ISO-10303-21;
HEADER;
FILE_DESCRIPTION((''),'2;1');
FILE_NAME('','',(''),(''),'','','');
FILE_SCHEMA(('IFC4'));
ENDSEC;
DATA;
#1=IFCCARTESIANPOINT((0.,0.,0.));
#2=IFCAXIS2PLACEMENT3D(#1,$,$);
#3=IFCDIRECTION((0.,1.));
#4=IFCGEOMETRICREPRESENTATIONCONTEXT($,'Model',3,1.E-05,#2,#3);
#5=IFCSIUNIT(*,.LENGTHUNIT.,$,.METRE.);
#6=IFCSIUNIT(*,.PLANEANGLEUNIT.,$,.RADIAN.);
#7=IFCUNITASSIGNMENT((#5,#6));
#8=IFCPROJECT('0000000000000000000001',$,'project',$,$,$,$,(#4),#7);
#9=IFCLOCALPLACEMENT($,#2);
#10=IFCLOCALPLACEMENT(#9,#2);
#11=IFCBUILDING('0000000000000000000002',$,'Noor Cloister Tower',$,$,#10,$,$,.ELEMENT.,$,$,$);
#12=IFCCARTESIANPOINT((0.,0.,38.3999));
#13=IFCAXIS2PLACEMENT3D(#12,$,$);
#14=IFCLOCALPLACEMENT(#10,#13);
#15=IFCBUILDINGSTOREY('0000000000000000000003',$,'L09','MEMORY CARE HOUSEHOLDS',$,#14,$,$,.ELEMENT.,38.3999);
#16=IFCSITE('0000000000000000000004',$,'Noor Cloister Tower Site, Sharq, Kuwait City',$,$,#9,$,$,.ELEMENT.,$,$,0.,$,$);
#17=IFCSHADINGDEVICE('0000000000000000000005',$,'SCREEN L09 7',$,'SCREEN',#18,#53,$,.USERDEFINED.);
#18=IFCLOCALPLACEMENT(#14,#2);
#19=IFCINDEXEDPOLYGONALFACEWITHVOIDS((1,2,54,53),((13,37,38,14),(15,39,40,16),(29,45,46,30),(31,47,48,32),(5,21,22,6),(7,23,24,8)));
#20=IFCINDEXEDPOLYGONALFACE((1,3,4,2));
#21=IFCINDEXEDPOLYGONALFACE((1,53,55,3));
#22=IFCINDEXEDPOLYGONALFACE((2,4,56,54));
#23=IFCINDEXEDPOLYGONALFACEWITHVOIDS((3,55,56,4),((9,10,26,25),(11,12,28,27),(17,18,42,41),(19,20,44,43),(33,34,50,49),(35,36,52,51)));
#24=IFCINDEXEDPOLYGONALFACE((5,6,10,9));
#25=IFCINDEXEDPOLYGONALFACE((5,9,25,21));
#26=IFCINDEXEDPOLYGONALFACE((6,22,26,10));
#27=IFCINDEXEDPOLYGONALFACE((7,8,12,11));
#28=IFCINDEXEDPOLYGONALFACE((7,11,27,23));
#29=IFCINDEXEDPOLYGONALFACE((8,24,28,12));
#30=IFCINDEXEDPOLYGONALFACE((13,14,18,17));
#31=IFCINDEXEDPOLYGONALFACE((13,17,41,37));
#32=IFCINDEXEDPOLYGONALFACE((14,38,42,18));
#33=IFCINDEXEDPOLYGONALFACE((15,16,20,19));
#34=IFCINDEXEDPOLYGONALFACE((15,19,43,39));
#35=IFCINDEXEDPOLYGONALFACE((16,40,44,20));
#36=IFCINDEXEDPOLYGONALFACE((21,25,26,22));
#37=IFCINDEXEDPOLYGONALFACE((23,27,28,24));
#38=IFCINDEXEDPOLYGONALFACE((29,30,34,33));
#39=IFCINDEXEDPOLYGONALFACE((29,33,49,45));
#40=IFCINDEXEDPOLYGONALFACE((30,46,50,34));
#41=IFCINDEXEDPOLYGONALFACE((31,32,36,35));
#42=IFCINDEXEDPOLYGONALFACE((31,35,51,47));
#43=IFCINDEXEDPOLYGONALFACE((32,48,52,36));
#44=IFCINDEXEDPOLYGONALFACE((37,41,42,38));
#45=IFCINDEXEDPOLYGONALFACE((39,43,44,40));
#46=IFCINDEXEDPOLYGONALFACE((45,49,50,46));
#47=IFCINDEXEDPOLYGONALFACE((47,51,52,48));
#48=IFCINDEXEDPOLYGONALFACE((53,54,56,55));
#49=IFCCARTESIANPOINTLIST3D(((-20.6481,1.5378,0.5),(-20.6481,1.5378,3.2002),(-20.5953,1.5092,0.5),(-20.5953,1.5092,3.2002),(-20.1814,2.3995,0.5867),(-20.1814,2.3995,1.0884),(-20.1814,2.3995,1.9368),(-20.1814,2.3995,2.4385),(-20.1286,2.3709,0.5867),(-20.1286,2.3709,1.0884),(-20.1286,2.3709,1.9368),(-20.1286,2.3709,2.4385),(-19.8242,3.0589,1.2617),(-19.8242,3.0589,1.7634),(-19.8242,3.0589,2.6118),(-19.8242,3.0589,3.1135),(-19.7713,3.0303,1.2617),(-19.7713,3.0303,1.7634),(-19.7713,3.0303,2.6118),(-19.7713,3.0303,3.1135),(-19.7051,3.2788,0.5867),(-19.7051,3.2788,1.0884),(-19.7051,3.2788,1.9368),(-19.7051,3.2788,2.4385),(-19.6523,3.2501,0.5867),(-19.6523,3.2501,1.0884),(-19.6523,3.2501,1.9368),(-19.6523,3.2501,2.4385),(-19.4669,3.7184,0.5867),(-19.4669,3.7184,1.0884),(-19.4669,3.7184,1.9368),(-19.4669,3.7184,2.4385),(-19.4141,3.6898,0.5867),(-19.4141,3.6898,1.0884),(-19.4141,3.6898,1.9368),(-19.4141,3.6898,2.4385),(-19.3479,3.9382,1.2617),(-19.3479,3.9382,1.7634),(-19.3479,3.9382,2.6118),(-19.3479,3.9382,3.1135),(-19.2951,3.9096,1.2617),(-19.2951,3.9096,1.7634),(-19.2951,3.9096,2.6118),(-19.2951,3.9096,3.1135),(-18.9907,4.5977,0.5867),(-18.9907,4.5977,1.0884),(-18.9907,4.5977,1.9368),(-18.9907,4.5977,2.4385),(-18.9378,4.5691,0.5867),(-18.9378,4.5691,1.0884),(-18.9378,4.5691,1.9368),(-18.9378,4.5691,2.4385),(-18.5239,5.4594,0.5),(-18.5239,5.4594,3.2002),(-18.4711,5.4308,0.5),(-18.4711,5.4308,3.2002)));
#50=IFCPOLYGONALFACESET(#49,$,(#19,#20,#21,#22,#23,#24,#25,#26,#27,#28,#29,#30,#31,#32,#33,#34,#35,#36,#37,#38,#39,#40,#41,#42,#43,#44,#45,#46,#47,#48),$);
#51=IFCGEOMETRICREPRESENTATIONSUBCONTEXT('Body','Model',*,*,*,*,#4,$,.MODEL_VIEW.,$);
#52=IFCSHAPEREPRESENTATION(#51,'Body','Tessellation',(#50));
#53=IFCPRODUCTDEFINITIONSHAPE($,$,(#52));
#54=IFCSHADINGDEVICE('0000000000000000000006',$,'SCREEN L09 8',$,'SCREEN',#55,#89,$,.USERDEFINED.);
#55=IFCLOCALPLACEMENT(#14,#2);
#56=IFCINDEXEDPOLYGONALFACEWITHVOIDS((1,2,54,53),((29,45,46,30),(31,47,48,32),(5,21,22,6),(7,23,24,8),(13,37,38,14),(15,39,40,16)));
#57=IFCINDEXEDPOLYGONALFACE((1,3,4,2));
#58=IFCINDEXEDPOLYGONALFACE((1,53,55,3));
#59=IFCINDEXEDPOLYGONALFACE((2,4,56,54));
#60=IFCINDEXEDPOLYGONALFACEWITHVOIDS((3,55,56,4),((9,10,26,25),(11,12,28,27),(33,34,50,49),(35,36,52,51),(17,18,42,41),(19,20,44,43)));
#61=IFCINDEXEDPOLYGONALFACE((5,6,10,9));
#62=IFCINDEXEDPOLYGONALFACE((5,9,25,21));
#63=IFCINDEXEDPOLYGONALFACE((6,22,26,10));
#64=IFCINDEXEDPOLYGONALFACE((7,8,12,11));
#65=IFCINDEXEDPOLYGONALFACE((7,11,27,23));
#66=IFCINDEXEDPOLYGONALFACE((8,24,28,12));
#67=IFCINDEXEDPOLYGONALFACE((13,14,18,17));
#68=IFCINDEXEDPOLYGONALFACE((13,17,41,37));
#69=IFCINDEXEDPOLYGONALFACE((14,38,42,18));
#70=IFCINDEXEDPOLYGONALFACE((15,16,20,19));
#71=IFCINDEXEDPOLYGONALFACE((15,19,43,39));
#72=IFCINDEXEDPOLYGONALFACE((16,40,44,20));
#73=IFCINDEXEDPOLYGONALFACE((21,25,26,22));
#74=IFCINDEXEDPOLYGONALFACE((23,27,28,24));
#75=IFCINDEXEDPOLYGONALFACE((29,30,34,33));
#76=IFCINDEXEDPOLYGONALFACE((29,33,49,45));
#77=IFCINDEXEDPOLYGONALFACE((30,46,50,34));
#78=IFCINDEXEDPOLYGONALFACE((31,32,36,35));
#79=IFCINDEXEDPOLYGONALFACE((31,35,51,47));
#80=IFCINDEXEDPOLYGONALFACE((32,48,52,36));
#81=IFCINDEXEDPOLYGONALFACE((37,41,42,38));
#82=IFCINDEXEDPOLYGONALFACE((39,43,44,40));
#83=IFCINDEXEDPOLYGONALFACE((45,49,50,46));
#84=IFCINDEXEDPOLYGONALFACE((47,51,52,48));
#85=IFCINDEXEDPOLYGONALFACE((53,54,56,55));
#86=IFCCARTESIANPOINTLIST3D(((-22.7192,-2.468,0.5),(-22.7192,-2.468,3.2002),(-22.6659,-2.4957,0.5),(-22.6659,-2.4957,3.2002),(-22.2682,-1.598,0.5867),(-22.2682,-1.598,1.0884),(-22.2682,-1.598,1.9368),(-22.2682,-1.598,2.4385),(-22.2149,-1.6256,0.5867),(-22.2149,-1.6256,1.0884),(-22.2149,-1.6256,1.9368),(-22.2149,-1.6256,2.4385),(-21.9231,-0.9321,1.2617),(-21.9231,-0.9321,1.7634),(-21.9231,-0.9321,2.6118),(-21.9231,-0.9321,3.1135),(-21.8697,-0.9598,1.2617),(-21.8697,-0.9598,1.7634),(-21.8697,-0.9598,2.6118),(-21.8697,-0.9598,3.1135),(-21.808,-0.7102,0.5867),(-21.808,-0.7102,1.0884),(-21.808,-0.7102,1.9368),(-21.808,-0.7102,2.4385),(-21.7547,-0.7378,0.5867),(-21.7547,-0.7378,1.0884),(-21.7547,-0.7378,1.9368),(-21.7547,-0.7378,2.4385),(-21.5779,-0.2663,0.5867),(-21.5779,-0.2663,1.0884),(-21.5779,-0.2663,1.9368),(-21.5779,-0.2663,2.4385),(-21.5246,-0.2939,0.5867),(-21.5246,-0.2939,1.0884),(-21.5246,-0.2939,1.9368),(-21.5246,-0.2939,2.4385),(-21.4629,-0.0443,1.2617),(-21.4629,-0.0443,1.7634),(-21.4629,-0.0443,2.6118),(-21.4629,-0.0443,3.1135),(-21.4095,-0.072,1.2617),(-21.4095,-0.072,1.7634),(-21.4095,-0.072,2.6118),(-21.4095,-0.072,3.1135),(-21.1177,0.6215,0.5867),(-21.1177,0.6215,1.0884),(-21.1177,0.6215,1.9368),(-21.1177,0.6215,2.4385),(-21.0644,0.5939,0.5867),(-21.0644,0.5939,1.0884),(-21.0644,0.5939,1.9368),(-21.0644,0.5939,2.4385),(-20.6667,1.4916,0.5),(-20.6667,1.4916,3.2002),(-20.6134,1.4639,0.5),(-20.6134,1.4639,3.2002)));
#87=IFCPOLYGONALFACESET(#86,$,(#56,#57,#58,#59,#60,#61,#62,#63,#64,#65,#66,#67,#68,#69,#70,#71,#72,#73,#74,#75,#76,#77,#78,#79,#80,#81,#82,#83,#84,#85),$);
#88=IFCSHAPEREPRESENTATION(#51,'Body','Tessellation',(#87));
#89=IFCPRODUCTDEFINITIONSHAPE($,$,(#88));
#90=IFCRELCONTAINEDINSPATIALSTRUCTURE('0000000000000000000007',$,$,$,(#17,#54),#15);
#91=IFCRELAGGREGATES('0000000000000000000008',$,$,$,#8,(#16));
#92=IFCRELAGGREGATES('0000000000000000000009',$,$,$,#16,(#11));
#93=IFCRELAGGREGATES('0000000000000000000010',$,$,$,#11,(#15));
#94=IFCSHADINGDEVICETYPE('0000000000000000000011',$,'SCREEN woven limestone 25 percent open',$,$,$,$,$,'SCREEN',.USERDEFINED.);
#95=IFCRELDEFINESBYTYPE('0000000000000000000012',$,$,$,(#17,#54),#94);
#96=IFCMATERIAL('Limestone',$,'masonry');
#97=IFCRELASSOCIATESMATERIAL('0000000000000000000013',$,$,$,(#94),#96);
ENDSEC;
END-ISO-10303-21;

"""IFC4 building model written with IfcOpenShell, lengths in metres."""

from ifc_helpers import new_model, si_unit, direction, frame, origin, place, context, subcontext, project, spatial, polyline, outline, extrude, material, material_profile, profile_set, type_object, element, save


model = new_model("IFC4")

# Units and contexts
model_context = context("Model", 3, precision=1e-05, world=origin(), true_north=direction((0.0, 1.0)))
body_context = subcontext(model_context, "Body", "Model", "MODEL_VIEW")
ifc_project = project(units=[si_unit("LENGTHUNIT", "METRE"), si_unit("PLANEANGLEUNIT", "RADIAN")], contexts=[model_context])

# Site, building, storey
site_placement = place(None, origin())
site = spatial("IfcSite", under=ifc_project, at=site_placement, Name="Noor Cloister Tower Site, Sharq, Kuwait City", CompositionType="ELEMENT", RefElevation=0.0)
building_placement = place(site_placement, origin())
building = spatial("IfcBuilding", under=site, at=building_placement, Name="Noor Cloister Tower", CompositionType="ELEMENT")
storey_placement = place(building_placement, frame((0.0, 0.0, 38.3999)))
storey = spatial("IfcBuildingStorey", under=building, at=storey_placement, Name="L09", Description="MEMORY CARE HOUSEHOLDS", CompositionType="ELEMENT", Elevation=38.3999)

# Shading devices
ifc_material_1 = material(Name="Limestone", Category="masonry")
ifc_material_profile_1 = material_profile(ifc_material_1, outline(polyline([(-2.23, -1.3501), (2.23, -1.3501), (2.23, 1.3501), (-2.23, 1.3501), (-2.23, -1.3501)]), holes=[polyline([(-1.25, -1.2634), (-0.25, -1.2634), (-0.25, -0.7617), (-1.25, -0.7617), (-1.25, -1.2634)]), polyline([(0.25, -1.2634), (1.25, -1.2634), (1.25, -0.7617), (0.25, -0.7617), (0.25, -1.2634)]), polyline([(-0.5, -0.5884), (0.5, -0.5884), (0.5, -0.0867), (-0.5, -0.0867), (-0.5, -0.5884)]), polyline([(-1.25, 0.0867), (-0.25, 0.0867), (-0.25, 0.5884), (-1.25, 0.5884), (-1.25, 0.0867)]), polyline([(0.25, 0.0867), (1.25, 0.0867), (1.25, 0.5884), (0.25, 0.5884), (0.25, 0.0867)]), polyline([(-0.5, 0.7617), (0.5, 0.7617), (0.5, 1.2634), (-0.5, 1.2634), (-0.5, 0.7617)])]), Name="Woven screen 25 percent open")
ifc_profile_set_1 = profile_set([ifc_material_profile_1], Name="Limestone")
shading_device_type = type_object("IfcShadingDeviceType", Name="SCREEN woven limestone 25 percent open", ElementType="SCREEN", PredefinedType="USERDEFINED", material=ifc_profile_set_1)
for number, where, z_axis, x_axis, name in (
    (1, (-19.5332, 3.47, 1.8501), (-0.879292, 0.476283, 0.0), (-0.476283, -0.879292, 0.0), "SCREEN L09 7"),
    (2, (-21.6396, -0.5159, 1.8501), (-0.887816, 0.460198, 0.0), (-0.460198, -0.887816, 0.0), "SCREEN L09 8"),
):
    element("IfcShadingDevice", number, at=place(storey_placement, frame(where, z_axis=z_axis, x_axis=x_axis)), inside=storey, type_object=shading_device_type, Name=name, ObjectType="SCREEN", PredefinedType="USERDEFINED", context=body_context, shape_type="SweptSolid", body=[
        extrude(outline(polyline([(-2.23, -1.3501), (2.23, -1.3501), (2.23, 1.3501), (-2.23, 1.3501), (-2.23, -1.3501)]), holes=[polyline([(-1.25, -1.2634), (-0.25, -1.2634), (-0.25, -0.7617), (-1.25, -0.7617), (-1.25, -1.2634)]), polyline([(0.25, -1.2634), (1.25, -1.2634), (1.25, -0.7617), (0.25, -0.7617), (0.25, -1.2634)]), polyline([(-0.5, -0.5884), (0.5, -0.5884), (0.5, -0.0867), (-0.5, -0.0867), (-0.5, -0.5884)]), polyline([(-1.25, 0.0867), (-0.25, 0.0867), (-0.25, 0.5884), (-1.25, 0.5884), (-1.25, 0.0867)]), polyline([(0.25, 0.0867), (1.25, 0.0867), (1.25, 0.5884), (0.25, 0.5884), (0.25, 0.0867)]), polyline([(-0.5, 0.7617), (0.5, 0.7617), (0.5, 1.2634), (-0.5, 1.2634), (-0.5, 0.7617)])]), origin(), (0.0, 0.0, 1.0), 0.0601),
    ])

save(model, "model.ifc")
